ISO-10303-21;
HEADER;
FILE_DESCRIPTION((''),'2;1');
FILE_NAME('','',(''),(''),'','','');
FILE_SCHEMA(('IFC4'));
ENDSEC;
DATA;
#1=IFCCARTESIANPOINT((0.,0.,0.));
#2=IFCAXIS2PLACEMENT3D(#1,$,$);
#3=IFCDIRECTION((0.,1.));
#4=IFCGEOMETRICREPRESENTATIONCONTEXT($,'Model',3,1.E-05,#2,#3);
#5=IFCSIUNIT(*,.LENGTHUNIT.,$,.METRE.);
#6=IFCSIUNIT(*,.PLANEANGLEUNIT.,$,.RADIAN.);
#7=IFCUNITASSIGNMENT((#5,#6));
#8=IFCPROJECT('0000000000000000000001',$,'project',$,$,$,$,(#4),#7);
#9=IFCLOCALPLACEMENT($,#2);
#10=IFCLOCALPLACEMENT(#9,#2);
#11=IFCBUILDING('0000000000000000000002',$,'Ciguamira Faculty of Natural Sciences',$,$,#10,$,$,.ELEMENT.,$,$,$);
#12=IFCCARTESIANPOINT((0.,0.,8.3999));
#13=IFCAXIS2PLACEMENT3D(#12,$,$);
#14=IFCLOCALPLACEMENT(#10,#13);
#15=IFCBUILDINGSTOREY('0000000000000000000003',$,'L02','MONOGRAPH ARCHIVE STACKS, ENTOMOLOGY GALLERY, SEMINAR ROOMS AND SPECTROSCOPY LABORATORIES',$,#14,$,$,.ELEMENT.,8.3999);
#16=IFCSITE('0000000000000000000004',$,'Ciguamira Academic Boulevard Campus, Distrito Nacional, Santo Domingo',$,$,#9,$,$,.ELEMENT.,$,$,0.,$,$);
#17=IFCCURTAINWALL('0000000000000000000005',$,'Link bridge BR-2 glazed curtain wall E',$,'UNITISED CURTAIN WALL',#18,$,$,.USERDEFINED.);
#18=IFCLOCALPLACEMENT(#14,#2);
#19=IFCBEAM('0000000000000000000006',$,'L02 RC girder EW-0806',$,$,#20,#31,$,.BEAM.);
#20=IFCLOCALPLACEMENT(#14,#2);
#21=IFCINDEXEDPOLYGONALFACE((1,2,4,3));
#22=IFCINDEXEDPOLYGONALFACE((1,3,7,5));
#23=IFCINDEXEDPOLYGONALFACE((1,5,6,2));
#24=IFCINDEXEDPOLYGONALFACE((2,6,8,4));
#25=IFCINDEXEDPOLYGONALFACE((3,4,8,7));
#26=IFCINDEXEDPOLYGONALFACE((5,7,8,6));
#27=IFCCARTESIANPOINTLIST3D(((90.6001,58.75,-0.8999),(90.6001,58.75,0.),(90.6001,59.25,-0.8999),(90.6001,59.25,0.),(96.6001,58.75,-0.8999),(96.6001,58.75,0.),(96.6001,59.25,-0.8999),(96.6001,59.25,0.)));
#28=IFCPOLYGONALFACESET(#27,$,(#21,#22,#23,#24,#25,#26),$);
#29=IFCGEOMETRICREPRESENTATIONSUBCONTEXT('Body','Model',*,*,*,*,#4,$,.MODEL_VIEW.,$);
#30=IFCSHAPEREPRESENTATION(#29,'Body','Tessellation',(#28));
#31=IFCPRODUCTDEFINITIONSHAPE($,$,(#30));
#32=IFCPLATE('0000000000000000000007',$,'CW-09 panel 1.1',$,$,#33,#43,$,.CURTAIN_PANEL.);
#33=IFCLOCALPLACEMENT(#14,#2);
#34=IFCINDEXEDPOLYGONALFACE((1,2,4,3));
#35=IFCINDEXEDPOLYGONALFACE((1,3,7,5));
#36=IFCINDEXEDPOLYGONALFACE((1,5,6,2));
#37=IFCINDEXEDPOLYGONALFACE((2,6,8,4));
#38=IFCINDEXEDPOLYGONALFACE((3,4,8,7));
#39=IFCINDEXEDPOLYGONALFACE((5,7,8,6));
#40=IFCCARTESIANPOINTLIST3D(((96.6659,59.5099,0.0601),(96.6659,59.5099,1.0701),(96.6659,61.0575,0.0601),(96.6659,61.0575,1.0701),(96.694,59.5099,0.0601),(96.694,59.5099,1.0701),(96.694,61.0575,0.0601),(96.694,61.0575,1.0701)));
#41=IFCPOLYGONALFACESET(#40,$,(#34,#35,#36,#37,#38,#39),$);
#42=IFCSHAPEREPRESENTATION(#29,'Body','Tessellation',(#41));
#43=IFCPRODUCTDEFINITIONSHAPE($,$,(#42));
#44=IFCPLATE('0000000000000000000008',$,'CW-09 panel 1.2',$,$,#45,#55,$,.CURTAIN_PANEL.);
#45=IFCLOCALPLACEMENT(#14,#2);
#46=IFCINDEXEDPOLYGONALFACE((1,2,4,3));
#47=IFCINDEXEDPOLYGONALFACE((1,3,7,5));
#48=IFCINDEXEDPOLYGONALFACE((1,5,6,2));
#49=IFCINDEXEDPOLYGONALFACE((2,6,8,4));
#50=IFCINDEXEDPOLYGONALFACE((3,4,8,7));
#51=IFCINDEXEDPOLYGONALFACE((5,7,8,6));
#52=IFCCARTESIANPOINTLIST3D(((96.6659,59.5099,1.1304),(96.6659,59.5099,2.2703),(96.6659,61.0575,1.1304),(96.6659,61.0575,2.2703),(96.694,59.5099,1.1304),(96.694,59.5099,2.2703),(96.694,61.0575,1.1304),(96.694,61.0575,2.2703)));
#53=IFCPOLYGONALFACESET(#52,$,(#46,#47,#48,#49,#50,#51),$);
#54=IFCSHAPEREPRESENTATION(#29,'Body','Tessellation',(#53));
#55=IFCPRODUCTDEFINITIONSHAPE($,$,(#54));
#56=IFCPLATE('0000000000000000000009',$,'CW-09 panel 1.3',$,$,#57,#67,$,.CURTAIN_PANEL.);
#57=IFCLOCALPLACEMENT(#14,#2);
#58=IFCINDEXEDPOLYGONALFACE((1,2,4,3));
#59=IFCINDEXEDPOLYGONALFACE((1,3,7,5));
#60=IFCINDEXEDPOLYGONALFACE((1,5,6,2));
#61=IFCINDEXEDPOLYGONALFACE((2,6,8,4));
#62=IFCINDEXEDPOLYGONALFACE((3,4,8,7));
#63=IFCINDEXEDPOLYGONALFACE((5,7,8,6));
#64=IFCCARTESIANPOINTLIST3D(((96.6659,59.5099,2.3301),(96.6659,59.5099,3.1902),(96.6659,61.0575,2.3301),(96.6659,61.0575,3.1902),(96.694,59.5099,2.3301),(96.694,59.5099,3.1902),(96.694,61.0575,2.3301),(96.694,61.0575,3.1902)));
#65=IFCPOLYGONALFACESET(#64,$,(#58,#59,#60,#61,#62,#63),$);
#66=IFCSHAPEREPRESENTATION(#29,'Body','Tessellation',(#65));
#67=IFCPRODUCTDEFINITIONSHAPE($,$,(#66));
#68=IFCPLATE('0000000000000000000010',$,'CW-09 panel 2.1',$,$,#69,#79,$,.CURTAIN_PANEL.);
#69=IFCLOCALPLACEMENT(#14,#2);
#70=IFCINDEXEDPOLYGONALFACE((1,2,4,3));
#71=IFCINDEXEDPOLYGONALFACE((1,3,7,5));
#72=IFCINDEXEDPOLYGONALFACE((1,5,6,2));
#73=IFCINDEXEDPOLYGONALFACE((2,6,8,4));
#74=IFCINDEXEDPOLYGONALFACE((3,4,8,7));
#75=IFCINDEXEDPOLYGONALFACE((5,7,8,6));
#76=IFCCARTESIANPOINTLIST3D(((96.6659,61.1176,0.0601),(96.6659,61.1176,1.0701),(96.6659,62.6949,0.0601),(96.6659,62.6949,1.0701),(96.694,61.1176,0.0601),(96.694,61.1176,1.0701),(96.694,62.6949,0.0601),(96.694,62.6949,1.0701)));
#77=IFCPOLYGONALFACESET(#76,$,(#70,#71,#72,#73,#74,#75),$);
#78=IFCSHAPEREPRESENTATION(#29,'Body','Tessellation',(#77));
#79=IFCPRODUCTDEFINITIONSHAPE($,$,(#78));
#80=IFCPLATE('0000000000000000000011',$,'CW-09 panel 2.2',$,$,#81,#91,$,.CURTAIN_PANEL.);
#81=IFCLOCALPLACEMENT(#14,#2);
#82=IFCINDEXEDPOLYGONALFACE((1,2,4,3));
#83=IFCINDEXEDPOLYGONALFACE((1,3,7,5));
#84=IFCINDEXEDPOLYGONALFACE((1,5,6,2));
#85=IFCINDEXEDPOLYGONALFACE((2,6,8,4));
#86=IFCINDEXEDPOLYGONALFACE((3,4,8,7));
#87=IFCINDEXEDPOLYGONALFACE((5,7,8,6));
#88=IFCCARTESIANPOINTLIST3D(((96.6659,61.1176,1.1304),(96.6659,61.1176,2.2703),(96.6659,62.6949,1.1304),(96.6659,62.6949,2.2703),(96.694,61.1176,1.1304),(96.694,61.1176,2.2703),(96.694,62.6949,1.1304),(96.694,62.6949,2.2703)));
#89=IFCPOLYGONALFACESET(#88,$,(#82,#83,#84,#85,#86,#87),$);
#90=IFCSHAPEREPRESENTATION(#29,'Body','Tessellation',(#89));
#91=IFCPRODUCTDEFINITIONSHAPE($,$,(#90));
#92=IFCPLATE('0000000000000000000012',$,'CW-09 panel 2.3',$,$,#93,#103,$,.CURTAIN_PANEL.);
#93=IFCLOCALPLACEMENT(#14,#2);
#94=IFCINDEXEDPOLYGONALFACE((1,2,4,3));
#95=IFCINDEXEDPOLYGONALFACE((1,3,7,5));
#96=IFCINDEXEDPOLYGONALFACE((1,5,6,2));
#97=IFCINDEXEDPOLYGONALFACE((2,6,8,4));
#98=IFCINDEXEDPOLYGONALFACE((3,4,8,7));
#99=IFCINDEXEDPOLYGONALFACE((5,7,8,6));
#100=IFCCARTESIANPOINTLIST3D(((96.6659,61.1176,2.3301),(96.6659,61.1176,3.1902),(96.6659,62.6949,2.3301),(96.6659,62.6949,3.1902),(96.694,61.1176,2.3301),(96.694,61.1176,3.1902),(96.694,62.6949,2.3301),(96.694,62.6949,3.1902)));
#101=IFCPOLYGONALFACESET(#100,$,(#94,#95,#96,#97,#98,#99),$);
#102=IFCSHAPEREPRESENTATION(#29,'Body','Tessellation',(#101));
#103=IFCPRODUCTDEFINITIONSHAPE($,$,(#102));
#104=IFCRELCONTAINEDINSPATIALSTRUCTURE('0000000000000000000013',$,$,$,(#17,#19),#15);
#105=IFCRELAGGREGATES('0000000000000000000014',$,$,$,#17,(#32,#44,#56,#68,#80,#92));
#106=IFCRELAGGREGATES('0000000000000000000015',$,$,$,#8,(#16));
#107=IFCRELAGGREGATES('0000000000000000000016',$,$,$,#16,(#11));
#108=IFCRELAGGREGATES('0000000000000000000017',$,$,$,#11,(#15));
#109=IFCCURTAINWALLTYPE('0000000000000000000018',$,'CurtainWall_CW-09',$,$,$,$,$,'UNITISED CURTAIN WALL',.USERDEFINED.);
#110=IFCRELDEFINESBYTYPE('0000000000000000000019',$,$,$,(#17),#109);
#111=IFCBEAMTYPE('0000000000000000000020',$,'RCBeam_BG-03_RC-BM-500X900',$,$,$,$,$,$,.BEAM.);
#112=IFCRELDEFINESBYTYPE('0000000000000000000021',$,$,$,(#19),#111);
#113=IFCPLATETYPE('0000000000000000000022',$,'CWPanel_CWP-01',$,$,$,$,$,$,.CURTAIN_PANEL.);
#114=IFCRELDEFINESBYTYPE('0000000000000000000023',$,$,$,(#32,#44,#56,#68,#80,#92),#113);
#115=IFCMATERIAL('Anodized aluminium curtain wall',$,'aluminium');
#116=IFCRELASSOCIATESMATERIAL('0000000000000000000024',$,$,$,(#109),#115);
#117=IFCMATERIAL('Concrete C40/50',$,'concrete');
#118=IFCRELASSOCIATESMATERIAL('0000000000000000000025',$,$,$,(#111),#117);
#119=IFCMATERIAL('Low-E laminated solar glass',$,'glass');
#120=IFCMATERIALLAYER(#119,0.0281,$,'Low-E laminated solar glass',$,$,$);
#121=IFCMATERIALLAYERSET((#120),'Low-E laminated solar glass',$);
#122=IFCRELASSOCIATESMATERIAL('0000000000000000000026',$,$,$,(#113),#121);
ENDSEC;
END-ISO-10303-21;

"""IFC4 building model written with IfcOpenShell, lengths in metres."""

from ifc_helpers import new_model, si_unit, direction, frame, origin, origin_2d, place, context, subcontext, project, spatial, rectangle, extrude, material, layer, layer_set, material_profile, profile_set, type_object, element, aggregate, save


model = new_model("IFC4")

# Units and contexts
model_context = context("Model", 3, precision=1e-05, world=origin(), true_north=direction((0.0, 1.0)))
body_context = subcontext(model_context, "Body", "Model", "MODEL_VIEW")
ifc_project = project(units=[si_unit("LENGTHUNIT", "METRE"), si_unit("PLANEANGLEUNIT", "RADIAN")], contexts=[model_context])

# Site, building, storey
site_placement = place(None, origin())
site = spatial("IfcSite", under=ifc_project, at=site_placement, Name="Ciguamira Academic Boulevard Campus, Distrito Nacional, Santo Domingo", CompositionType="ELEMENT", RefElevation=0.0)
building_placement = place(site_placement, origin())
building = spatial("IfcBuilding", under=site, at=building_placement, Name="Ciguamira Faculty of Natural Sciences", CompositionType="ELEMENT")
storey_placement = place(building_placement, frame((0.0, 0.0, 8.3999)))
storey = spatial("IfcBuildingStorey", under=building, at=storey_placement, Name="L02", Description="MONOGRAPH ARCHIVE STACKS, ENTOMOLOGY GALLERY, SEMINAR ROOMS AND SPECTROSCOPY LABORATORIES", CompositionType="ELEMENT", Elevation=8.3999)

# Curtain wall
ifc_material_1 = material(Name="Anodized aluminium curtain wall", Category="aluminium")
curtain_wall_type_1 = type_object("IfcCurtainWallType", Name="CurtainWall_CW-09", ElementType="UNITISED CURTAIN WALL", PredefinedType="USERDEFINED", material=ifc_material_1)
curtain_wall_1_placement = place(storey_placement, origin())
curtain_wall_1 = element("IfcCurtainWall", 1, at=curtain_wall_1_placement, inside=storey, type_object=curtain_wall_type_1, Name="Link bridge BR-2 glazed curtain wall E", ObjectType="UNITISED CURTAIN WALL", PredefinedType="USERDEFINED")

# Beam
ifc_material_2 = material(Name="Concrete C40/50", Category="concrete")
ifc_material_profile_1 = material_profile(ifc_material_2, rectangle(XDim=0.5, YDim=0.8999, at=origin_2d()), Name="RC-BM-500X900")
ifc_profile_set_1 = profile_set([ifc_material_profile_1], Name="Concrete C40/50")
beam_type = type_object("IfcBeamType", Name="RCBeam_BG-03_RC-BM-500X900", PredefinedType="BEAM", material=ifc_profile_set_1)
beam_placement = place(storey_placement, frame((90.6001, 59.0, -0.45), z_axis=(1.0, 0.0, 0.0), x_axis=(0.0, 1.0, 0.0)))
element("IfcBeam", 2, at=beam_placement, inside=storey, type_object=beam_type, Name="L02 RC girder EW-0806", PredefinedType="BEAM", context=body_context, shape_type="SweptSolid", body=[
    extrude(rectangle(XDim=0.5, YDim=0.8999, at=origin_2d()), origin(), (0.0, 0.0, 1.0), 6.0),
])

# Plates
ifc_material_3 = material(Name="Low-E laminated solar glass", Category="glass")
ifc_layer_1 = layer(ifc_material_3, 0.0281, Name="Low-E laminated solar glass")
ifc_layer_set_1 = layer_set([ifc_layer_1], Name="Low-E laminated solar glass")
plate_type = type_object("IfcPlateType", Name="CWPanel_CWP-01", PredefinedType="CURTAIN_PANEL", material=ifc_layer_set_1)
plate_1_placement = place(storey_placement, frame((96.6799, 60.2837, 0.0601), z_axis=(0.0, 0.0, 1.0), x_axis=(0.0, 1.0, 0.0)))
plate_1 = element("IfcPlate", 3, at=plate_1_placement, type_object=plate_type, Name="CW-09 panel 1.1", PredefinedType="CURTAIN_PANEL", context=body_context, shape_type="SweptSolid", body=[
    extrude(rectangle(XDim=1.5476, YDim=0.0281, at=origin_2d()), origin(), (0.0, 0.0, 1.0), 1.01),
])
plate_2_placement = place(storey_placement, frame((96.6799, 60.2837, 1.1304), z_axis=(0.0, 0.0, 1.0), x_axis=(0.0, 1.0, 0.0)))
plate_2 = element("IfcPlate", 4, at=plate_2_placement, type_object=plate_type, Name="CW-09 panel 1.2", PredefinedType="CURTAIN_PANEL", context=body_context, shape_type="SweptSolid", body=[
    extrude(rectangle(XDim=1.5476, YDim=0.0281, at=origin_2d()), origin(), (0.0, 0.0, 1.0), 1.1399),
])
plate_3_placement = place(storey_placement, frame((96.6799, 60.2837, 2.3301), z_axis=(0.0, 0.0, 1.0), x_axis=(0.0, 1.0, 0.0)))
plate_3 = element("IfcPlate", 5, at=plate_3_placement, type_object=plate_type, Name="CW-09 panel 1.3", PredefinedType="CURTAIN_PANEL", context=body_context, shape_type="SweptSolid", body=[
    extrude(rectangle(XDim=1.5476, YDim=0.0281, at=origin_2d()), origin(), (0.0, 0.0, 1.0), 0.8601),
])
plate_4_placement = place(storey_placement, frame((96.6799, 61.9062, 0.0601), z_axis=(0.0, 0.0, 1.0), x_axis=(0.0, 1.0, 0.0)))
plate_4 = element("IfcPlate", 6, at=plate_4_placement, type_object=plate_type, Name="CW-09 panel 2.1", PredefinedType="CURTAIN_PANEL", context=body_context, shape_type="SweptSolid", body=[
    extrude(rectangle(XDim=1.5774, YDim=0.0281, at=origin_2d()), origin(), (0.0, 0.0, 1.0), 1.01),
])
plate_5_placement = place(storey_placement, frame((96.6799, 61.9062, 1.1304), z_axis=(0.0, 0.0, 1.0), x_axis=(0.0, 1.0, 0.0)))
plate_5 = element("IfcPlate", 7, at=plate_5_placement, type_object=plate_type, Name="CW-09 panel 2.2", PredefinedType="CURTAIN_PANEL", context=body_context, shape_type="SweptSolid", body=[
    extrude(rectangle(XDim=1.5774, YDim=0.0281, at=origin_2d()), origin(), (0.0, 0.0, 1.0), 1.1399),
])
plate_6_placement = place(storey_placement, frame((96.6799, 61.9062, 2.3301), z_axis=(0.0, 0.0, 1.0), x_axis=(0.0, 1.0, 0.0)))
plate_6 = element("IfcPlate", 8, at=plate_6_placement, type_object=plate_type, Name="CW-09 panel 2.3", PredefinedType="CURTAIN_PANEL", context=body_context, shape_type="SweptSolid", body=[
    extrude(rectangle(XDim=1.5774, YDim=0.0281, at=origin_2d()), origin(), (0.0, 0.0, 1.0), 0.8601),
])
aggregate(curtain_wall_1, [plate_1, plate_2, plate_3, plate_4, plate_5, plate_6])

save(model, "model.ifc")
